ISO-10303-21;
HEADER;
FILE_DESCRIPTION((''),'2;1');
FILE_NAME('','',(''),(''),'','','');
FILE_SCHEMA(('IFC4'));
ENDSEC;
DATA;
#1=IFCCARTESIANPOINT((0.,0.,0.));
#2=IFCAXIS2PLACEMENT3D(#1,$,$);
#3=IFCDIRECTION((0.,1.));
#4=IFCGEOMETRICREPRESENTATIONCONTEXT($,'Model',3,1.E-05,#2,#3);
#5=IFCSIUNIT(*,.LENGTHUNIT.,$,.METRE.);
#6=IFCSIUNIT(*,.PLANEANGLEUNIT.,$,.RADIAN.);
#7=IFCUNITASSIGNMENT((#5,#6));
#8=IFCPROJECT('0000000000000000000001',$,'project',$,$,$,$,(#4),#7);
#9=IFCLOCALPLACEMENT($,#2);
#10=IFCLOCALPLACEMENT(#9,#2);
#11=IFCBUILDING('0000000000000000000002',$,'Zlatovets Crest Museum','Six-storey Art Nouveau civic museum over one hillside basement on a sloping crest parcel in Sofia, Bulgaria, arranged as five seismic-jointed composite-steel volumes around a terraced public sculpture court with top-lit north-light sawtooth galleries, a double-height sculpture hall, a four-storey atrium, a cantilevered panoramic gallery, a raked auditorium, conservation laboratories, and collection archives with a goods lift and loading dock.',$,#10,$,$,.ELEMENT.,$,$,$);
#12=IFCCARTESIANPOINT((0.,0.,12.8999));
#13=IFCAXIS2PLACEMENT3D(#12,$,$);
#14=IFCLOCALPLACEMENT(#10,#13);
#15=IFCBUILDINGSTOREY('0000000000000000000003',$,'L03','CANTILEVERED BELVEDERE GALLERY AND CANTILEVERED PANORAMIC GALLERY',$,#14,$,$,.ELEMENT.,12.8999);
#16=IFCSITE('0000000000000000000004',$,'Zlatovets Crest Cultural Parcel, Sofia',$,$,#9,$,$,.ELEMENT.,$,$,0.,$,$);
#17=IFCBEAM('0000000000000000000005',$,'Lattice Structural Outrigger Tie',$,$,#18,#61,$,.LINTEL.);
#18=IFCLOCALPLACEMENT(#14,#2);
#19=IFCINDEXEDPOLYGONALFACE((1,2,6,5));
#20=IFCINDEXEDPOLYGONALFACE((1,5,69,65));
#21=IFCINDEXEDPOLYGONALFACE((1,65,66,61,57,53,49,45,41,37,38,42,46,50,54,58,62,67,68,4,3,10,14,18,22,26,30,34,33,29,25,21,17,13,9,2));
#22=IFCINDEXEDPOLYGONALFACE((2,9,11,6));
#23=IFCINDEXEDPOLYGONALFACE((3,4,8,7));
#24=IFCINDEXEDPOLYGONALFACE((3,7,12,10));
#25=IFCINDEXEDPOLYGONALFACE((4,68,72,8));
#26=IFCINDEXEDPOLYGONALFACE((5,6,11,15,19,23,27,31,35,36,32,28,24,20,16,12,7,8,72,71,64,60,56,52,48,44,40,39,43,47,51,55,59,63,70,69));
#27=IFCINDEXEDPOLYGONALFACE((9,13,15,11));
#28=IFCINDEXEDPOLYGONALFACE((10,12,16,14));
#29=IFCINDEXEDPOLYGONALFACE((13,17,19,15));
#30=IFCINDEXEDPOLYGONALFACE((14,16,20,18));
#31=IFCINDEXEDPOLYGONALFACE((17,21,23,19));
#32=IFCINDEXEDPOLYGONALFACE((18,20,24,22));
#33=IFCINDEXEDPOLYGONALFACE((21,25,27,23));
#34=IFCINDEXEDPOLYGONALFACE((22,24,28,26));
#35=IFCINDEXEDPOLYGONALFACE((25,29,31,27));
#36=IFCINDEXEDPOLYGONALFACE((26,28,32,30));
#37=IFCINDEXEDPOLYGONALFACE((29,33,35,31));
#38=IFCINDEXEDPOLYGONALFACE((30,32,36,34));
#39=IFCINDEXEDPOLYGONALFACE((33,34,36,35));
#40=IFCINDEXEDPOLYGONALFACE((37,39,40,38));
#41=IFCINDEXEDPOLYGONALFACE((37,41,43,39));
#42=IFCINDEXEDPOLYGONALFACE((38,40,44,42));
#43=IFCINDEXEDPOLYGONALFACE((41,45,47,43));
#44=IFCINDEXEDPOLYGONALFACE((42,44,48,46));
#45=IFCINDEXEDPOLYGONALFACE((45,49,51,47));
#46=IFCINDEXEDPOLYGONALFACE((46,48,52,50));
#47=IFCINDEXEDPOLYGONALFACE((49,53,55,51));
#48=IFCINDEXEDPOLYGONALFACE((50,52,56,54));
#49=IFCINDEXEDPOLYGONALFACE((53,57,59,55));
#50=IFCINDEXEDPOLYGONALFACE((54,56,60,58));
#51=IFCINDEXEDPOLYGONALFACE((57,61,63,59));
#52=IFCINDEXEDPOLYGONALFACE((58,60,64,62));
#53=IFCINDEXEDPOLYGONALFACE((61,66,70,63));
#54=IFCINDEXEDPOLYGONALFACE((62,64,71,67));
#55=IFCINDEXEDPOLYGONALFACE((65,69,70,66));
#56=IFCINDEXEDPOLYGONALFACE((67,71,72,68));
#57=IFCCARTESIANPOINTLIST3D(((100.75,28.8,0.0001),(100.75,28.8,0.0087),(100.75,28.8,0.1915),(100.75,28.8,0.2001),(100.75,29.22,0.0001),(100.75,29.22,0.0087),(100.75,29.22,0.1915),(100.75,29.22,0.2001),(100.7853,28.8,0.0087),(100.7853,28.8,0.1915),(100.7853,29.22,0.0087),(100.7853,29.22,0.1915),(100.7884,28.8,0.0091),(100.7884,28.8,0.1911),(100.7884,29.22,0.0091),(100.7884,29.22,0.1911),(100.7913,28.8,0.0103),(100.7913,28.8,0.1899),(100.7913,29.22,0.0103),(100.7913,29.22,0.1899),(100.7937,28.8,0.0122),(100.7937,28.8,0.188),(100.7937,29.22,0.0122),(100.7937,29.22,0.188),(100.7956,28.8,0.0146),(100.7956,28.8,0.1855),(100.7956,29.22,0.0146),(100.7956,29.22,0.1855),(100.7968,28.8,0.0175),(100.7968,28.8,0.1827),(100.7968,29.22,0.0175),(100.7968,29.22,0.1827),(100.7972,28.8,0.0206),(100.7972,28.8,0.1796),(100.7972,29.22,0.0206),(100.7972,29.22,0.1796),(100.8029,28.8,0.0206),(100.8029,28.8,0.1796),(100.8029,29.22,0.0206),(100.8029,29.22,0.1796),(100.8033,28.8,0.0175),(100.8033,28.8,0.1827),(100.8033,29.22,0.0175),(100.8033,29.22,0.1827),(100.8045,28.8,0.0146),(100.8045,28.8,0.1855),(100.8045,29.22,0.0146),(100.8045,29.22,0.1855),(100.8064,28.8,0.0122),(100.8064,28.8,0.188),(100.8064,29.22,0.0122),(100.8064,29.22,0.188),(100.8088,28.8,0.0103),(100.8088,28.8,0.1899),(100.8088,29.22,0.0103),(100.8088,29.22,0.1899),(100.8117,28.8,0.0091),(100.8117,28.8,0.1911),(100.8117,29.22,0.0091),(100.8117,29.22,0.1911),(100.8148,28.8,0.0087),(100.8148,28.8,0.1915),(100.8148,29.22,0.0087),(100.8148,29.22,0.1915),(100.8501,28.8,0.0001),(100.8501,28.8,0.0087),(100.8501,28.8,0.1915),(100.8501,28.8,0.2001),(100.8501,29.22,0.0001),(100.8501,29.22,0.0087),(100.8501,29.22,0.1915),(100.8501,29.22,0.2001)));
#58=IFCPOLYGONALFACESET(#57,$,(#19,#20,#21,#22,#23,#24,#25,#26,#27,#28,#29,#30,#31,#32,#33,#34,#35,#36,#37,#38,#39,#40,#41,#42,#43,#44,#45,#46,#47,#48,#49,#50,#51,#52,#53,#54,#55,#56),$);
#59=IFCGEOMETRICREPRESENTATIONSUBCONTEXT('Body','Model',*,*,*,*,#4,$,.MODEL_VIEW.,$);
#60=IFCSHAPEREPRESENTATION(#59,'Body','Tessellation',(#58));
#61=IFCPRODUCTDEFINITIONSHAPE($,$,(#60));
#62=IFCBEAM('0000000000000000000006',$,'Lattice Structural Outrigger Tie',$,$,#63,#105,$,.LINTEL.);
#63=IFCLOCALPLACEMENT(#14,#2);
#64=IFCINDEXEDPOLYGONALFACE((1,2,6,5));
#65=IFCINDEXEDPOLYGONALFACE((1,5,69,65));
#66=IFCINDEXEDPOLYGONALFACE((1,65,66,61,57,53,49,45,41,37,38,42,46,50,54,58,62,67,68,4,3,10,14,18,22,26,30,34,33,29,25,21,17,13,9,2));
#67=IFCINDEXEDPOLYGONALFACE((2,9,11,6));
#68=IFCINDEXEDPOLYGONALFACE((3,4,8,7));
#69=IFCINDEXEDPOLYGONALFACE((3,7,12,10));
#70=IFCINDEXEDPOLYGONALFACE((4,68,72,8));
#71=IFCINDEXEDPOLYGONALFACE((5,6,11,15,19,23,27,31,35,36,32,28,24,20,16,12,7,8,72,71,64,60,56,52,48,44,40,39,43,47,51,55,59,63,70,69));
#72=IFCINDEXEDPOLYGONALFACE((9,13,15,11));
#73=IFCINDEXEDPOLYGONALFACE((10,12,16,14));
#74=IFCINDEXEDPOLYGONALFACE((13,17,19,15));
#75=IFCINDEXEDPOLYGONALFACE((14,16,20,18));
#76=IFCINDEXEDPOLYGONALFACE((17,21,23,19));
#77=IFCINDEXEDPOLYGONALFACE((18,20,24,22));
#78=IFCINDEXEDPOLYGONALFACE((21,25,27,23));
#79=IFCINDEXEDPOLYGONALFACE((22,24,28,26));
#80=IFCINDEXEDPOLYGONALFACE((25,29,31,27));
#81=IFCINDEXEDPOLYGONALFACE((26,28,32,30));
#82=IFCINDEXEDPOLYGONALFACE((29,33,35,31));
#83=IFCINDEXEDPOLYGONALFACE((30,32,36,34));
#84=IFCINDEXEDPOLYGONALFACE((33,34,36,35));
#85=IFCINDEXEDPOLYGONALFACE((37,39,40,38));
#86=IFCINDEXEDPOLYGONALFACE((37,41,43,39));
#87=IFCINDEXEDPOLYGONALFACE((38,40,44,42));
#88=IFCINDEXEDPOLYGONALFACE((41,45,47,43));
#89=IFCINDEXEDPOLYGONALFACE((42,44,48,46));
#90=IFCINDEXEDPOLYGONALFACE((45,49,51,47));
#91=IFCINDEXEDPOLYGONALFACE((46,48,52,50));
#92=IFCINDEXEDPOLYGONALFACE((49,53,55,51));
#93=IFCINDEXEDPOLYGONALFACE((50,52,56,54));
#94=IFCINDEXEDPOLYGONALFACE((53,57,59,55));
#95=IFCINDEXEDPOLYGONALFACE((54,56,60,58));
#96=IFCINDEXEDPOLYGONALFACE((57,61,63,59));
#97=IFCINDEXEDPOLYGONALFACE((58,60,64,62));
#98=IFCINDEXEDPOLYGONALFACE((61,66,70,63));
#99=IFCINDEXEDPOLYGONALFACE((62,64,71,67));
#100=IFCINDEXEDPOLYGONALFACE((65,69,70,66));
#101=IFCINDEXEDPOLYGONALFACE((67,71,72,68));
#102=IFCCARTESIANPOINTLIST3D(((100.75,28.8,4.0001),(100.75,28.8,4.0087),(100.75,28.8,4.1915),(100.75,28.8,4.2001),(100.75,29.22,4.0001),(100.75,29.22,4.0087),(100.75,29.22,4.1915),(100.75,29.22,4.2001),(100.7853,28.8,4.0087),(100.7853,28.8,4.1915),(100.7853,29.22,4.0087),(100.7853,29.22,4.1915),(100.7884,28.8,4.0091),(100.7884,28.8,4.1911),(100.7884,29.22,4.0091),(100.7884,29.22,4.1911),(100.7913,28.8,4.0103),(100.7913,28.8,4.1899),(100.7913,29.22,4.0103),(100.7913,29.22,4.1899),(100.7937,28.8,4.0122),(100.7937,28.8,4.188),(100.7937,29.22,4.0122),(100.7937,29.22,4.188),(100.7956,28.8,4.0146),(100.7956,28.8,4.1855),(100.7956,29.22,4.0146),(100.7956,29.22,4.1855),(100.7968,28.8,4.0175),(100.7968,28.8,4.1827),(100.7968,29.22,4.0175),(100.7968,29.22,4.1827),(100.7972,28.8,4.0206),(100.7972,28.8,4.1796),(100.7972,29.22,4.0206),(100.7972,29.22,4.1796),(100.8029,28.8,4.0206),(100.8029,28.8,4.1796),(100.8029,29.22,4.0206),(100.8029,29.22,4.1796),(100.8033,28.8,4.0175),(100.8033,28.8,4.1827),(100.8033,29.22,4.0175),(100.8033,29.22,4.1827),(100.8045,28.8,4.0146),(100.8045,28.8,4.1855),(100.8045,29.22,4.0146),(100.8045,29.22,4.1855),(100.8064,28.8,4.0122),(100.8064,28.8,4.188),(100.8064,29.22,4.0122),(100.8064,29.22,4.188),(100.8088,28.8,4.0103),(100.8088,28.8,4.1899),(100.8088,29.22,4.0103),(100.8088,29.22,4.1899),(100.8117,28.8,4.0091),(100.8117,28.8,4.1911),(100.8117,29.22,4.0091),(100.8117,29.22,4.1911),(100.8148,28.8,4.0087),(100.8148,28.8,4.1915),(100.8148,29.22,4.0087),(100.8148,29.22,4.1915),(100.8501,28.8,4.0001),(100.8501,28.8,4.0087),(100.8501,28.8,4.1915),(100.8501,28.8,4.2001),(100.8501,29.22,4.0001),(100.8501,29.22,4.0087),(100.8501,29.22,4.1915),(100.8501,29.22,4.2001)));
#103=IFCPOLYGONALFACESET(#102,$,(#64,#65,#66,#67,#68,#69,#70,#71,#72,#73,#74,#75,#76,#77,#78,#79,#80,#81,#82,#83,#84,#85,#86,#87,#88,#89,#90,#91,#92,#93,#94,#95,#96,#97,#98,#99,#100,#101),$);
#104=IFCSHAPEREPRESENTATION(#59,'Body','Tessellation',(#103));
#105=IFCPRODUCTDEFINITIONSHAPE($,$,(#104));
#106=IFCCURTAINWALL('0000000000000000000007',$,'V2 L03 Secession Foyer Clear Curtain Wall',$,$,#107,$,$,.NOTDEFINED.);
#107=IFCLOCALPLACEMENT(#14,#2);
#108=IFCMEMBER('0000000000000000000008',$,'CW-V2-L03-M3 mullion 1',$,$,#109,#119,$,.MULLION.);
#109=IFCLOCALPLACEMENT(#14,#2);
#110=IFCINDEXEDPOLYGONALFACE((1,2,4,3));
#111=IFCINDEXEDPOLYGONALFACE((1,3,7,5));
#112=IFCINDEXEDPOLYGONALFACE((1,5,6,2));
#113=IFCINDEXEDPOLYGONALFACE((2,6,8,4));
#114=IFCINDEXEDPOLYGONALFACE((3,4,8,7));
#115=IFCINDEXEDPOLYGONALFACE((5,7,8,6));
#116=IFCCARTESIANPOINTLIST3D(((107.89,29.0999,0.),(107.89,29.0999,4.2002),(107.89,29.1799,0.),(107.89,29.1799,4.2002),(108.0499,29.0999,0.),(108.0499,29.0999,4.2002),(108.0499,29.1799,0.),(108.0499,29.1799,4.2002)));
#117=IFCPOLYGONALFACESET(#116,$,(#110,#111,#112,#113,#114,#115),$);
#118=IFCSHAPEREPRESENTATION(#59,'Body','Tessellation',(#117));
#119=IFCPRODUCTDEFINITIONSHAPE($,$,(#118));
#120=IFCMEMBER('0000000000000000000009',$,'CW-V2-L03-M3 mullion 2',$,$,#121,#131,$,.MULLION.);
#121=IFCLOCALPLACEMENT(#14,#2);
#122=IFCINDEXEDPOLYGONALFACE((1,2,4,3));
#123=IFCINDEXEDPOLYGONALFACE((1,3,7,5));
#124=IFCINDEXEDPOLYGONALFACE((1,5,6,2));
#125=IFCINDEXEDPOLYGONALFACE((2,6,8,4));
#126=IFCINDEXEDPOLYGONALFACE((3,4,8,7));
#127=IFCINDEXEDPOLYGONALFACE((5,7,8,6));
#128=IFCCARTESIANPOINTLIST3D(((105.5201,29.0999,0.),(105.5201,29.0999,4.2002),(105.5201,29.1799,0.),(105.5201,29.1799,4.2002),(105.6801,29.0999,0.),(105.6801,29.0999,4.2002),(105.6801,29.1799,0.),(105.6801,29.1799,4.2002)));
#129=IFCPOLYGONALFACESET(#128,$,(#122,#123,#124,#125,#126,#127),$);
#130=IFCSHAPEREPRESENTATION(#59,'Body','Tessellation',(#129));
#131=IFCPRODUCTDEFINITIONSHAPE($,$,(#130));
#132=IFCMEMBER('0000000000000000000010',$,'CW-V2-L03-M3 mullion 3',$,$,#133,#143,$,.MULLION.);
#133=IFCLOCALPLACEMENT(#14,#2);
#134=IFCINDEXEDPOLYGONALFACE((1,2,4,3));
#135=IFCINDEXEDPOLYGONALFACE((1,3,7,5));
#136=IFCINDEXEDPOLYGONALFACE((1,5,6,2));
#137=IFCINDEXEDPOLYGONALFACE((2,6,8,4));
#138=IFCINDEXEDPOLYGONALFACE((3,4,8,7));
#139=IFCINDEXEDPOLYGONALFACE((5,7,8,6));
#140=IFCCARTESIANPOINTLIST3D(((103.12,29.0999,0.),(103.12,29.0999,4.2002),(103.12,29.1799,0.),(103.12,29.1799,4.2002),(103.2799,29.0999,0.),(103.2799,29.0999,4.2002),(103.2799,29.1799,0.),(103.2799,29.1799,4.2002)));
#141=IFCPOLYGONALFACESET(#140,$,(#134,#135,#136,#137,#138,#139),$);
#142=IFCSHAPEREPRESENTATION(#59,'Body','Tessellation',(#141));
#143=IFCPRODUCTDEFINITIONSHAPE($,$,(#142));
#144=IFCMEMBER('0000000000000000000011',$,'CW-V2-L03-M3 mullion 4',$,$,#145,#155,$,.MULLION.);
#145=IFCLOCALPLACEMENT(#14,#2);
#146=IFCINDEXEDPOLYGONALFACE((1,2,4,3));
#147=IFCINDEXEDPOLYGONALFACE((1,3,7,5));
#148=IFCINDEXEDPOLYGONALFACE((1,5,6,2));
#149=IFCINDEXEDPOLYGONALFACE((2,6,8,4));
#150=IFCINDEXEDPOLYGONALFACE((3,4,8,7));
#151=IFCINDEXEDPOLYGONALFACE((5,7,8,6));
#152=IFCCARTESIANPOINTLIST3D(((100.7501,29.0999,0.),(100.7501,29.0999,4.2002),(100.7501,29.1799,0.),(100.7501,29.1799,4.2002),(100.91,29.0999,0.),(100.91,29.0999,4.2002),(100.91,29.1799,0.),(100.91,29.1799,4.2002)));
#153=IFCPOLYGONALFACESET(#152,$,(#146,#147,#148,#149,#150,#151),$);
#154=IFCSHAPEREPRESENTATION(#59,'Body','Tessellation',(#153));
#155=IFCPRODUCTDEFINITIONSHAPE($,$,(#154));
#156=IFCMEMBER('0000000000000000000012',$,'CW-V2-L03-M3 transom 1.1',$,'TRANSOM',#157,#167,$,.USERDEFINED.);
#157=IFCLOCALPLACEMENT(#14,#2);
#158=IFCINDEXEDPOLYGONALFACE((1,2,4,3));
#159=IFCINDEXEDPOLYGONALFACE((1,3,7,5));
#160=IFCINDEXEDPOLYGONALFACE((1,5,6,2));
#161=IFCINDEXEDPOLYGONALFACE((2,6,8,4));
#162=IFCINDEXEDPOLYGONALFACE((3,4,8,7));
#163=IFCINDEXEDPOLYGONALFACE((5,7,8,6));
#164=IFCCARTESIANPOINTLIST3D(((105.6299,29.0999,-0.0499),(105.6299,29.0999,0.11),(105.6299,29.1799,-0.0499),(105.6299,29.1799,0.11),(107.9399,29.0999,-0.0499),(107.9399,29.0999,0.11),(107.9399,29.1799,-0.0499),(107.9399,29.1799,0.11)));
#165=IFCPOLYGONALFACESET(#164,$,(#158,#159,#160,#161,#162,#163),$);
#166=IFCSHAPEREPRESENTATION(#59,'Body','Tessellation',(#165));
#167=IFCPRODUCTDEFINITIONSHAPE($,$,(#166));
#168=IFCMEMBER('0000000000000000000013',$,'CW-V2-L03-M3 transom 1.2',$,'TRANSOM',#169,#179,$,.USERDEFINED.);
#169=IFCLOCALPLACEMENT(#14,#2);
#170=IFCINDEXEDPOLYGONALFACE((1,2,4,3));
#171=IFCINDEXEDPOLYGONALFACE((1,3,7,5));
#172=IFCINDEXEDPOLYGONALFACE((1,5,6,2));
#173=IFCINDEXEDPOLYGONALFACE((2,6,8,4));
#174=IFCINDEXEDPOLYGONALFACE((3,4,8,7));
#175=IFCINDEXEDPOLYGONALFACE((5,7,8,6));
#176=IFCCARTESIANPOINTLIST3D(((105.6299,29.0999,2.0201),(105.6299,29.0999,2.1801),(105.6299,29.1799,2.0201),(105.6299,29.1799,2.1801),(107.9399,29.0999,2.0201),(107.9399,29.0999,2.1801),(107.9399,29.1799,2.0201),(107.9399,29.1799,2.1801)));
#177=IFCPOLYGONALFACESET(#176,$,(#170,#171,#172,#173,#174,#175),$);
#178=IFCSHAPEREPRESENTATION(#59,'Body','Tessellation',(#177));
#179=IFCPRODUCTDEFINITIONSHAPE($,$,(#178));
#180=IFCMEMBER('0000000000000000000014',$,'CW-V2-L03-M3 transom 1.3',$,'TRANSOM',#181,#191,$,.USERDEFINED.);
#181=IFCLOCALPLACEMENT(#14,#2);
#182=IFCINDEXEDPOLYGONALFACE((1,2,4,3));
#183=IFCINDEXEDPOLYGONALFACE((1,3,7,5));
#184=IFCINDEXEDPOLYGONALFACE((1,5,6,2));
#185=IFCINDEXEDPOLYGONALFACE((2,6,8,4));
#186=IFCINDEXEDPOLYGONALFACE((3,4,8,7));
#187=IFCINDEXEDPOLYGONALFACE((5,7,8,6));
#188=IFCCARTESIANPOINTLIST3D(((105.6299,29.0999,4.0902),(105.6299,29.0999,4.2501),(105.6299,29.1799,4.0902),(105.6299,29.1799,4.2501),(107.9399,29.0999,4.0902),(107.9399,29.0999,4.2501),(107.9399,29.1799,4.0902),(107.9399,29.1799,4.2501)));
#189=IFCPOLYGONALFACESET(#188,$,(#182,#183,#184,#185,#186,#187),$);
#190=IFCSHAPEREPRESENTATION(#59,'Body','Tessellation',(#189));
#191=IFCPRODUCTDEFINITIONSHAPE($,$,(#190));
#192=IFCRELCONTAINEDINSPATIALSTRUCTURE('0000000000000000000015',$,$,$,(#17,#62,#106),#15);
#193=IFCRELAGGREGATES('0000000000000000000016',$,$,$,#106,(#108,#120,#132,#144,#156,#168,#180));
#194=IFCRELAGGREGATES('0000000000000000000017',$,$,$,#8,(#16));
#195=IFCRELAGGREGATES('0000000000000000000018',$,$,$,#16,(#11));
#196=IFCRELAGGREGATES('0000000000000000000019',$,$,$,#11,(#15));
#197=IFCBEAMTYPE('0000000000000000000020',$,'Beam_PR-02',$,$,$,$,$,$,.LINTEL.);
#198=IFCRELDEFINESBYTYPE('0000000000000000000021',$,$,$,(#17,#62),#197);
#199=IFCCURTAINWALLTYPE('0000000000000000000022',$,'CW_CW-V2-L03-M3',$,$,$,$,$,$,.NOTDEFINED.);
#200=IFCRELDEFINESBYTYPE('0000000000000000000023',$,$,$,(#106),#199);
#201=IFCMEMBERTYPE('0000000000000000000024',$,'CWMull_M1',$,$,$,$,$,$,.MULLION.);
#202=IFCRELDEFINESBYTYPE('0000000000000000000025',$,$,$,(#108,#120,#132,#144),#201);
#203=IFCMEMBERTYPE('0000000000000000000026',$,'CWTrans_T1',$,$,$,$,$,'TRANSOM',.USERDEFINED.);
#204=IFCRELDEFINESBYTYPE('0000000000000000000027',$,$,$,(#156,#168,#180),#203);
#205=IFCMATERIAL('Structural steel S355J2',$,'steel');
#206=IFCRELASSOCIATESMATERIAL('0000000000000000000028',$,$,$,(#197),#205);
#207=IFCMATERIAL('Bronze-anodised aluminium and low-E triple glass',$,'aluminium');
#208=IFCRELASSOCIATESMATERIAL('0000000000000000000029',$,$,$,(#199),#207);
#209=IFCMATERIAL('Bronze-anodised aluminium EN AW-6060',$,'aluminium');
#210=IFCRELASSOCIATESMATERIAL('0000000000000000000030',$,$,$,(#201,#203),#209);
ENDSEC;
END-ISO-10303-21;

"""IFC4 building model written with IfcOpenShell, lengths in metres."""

from ifc_helpers import new_model, si_unit, direction, frame, origin, origin_2d, place, context, subcontext, project, spatial, rectangle, i_section, extrude, material, material_profile, profile_set, type_object, element, aggregate, save


model = new_model("IFC4")

# Units and contexts
model_context = context("Model", 3, precision=1e-05, world=origin(), true_north=direction((0.0, 1.0)))
body_context = subcontext(model_context, "Body", "Model", "MODEL_VIEW")
ifc_project = project(units=[si_unit("LENGTHUNIT", "METRE"), si_unit("PLANEANGLEUNIT", "RADIAN")], contexts=[model_context])

# Site, building, storey
site_placement = place(None, origin())
site = spatial("IfcSite", under=ifc_project, at=site_placement, Name="Zlatovets Crest Cultural Parcel, Sofia", CompositionType="ELEMENT", RefElevation=0.0)
building_placement = place(site_placement, origin())
building = spatial("IfcBuilding", under=site, at=building_placement, Name="Zlatovets Crest Museum", Description="Six-storey Art Nouveau civic museum over one hillside basement on a sloping crest parcel in Sofia, Bulgaria, arranged as five seismic-jointed composite-steel volumes around a terraced public sculpture court with top-lit north-light sawtooth galleries, a double-height sculpture hall, a four-storey atrium, a cantilevered panoramic gallery, a raked auditorium, conservation laboratories, and collection archives with a goods lift and loading dock.", CompositionType="ELEMENT")
storey_placement = place(building_placement, frame((0.0, 0.0, 12.8999)))
storey = spatial("IfcBuildingStorey", under=building, at=storey_placement, Name="L03", Description="CANTILEVERED BELVEDERE GALLERY AND CANTILEVERED PANORAMIC GALLERY", CompositionType="ELEMENT", Elevation=12.8999)

# Shared definitions
ifc_material_1 = material(Name="Structural steel S355J2", Category="steel")

# Beams
ifc_material_profile_1 = material_profile(ifc_material_1, i_section(OverallWidth=0.1001, OverallDepth=0.2, WebThickness=0.0056, FlangeThickness=0.0085, FilletRadius=0.012, at=origin_2d()), Name="IPE 200")
ifc_profile_set_1 = profile_set([ifc_material_profile_1], Name="Structural steel S355J2")
beam_type_1 = type_object("IfcBeamType", Name="Beam_PR-02", PredefinedType="LINTEL", material=ifc_profile_set_1)
for number, where, z_axis, x_axis, name in (
    (1, (100.8, 28.8, 0.1001), (0.0, 1.0, 0.0), (-1.0, 0.0, 0.0), "Lattice Structural Outrigger Tie"),
    (2, (100.8, 28.8, 4.1001), (0.0, 1.0, 0.0), (-1.0, 0.0, 0.0), "Lattice Structural Outrigger Tie"),
):
    element("IfcBeam", number, at=place(storey_placement, frame(where, z_axis=z_axis, x_axis=x_axis)), inside=storey, type_object=beam_type_1, Name=name, PredefinedType="LINTEL", context=body_context, shape_type="SweptSolid", body=[
        extrude(i_section(OverallWidth=0.1001, OverallDepth=0.2, WebThickness=0.0056, FlangeThickness=0.0085, FilletRadius=0.012, at=origin_2d()), origin(), (0.0, 0.0, 1.0), 0.4199),
    ])

# Curtain wall, members
ifc_material_2 = material(Name="Bronze-anodised aluminium and low-E triple glass", Category="aluminium")
curtain_wall_type = type_object("IfcCurtainWallType", Name="CW_CW-V2-L03-M3", PredefinedType="NOTDEFINED", material=ifc_material_2)
curtain_wall_placement = place(storey_placement, origin())
curtain_wall = element("IfcCurtainWall", 3, at=curtain_wall_placement, inside=storey, type_object=curtain_wall_type, Name="V2 L03 Secession Foyer Clear Curtain Wall", PredefinedType="NOTDEFINED")
ifc_material_3 = material(Name="Bronze-anodised aluminium EN AW-6060", Category="aluminium")
ifc_material_profile_2 = material_profile(ifc_material_3, rectangle(XDim=0.0801, YDim=0.1599, at=origin_2d()), Name="ALU 80x160")
ifc_profile_set_2 = profile_set([ifc_material_profile_2], Name="Bronze-anodised aluminium EN AW-6060")
member_type_1 = type_object("IfcMemberType", Name="CWMull_M1", PredefinedType="MULLION", material=ifc_profile_set_2)
member_1_placement = place(storey_placement, frame((107.97, 29.1399, 0.0), z_axis=(0.0, 0.0, 1.0), x_axis=(0.0, -1.0, 0.0)))
member_1 = element("IfcMember", 4, at=member_1_placement, type_object=member_type_1, Name="CW-V2-L03-M3 mullion 1", PredefinedType="MULLION", context=body_context, shape_type="SweptSolid", body=[
    extrude(rectangle(XDim=0.0801, YDim=0.1599, at=origin_2d()), origin(), (0.0, 0.0, 1.0), 4.2002),
])
member_2_placement = place(storey_placement, frame((105.6001, 29.1399, 0.0), z_axis=(0.0, 0.0, 1.0), x_axis=(0.0, -1.0, 0.0)))
member_2 = element("IfcMember", 5, at=member_2_placement, type_object=member_type_1, Name="CW-V2-L03-M3 mullion 2", PredefinedType="MULLION", context=body_context, shape_type="SweptSolid", body=[
    extrude(rectangle(XDim=0.0801, YDim=0.1599, at=origin_2d()), origin(), (0.0, 0.0, 1.0), 4.2002),
])
member_3_placement = place(storey_placement, frame((103.2, 29.1399, 0.0), z_axis=(0.0, 0.0, 1.0), x_axis=(0.0, -1.0, 0.0)))
member_3 = element("IfcMember", 6, at=member_3_placement, type_object=member_type_1, Name="CW-V2-L03-M3 mullion 3", PredefinedType="MULLION", context=body_context, shape_type="SweptSolid", body=[
    extrude(rectangle(XDim=0.0801, YDim=0.1599, at=origin_2d()), origin(), (0.0, 0.0, 1.0), 4.2002),
])
member_4_placement = place(storey_placement, frame((100.8301, 29.1399, 0.0), z_axis=(0.0, 0.0, 1.0), x_axis=(0.0, -1.0, 0.0)))
member_4 = element("IfcMember", 7, at=member_4_placement, type_object=member_type_1, Name="CW-V2-L03-M3 mullion 4", PredefinedType="MULLION", context=body_context, shape_type="SweptSolid", body=[
    extrude(rectangle(XDim=0.0801, YDim=0.1599, at=origin_2d()), origin(), (0.0, 0.0, 1.0), 4.2002),
])
ifc_material_profile_3 = material_profile(ifc_material_3, rectangle(XDim=0.0801, YDim=0.1599, at=origin_2d()), Name="ALU 80x160")
ifc_profile_set_3 = profile_set([ifc_material_profile_3], Name="Bronze-anodised aluminium EN AW-6060")
member_type_2 = type_object("IfcMemberType", Name="CWTrans_T1", ElementType="TRANSOM", PredefinedType="USERDEFINED", material=ifc_profile_set_3)
member_5_placement = place(storey_placement, frame((107.9399, 29.1399, 0.03), z_axis=(-1.0, 0.0, 0.0), x_axis=(0.0, -1.0, 0.0)))
member_5 = element("IfcMember", 8, at=member_5_placement, type_object=member_type_2, Name="CW-V2-L03-M3 transom 1.1", ObjectType="TRANSOM", PredefinedType="USERDEFINED", context=body_context, shape_type="SweptSolid", body=[
    extrude(rectangle(XDim=0.0801, YDim=0.1599, at=origin_2d()), origin(), (0.0, 0.0, 1.0), 2.3101),
])
member_6_placement = place(storey_placement, frame((107.9399, 29.1399, 2.1001), z_axis=(-1.0, 0.0, 0.0), x_axis=(0.0, -1.0, 0.0)))
member_6 = element("IfcMember", 9, at=member_6_placement, type_object=member_type_2, Name="CW-V2-L03-M3 transom 1.2", ObjectType="TRANSOM", PredefinedType="USERDEFINED", context=body_context, shape_type="SweptSolid", body=[
    extrude(rectangle(XDim=0.0801, YDim=0.1599, at=origin_2d()), origin(), (0.0, 0.0, 1.0), 2.3101),
])
member_7_placement = place(storey_placement, frame((107.9399, 29.1399, 4.1702), z_axis=(-1.0, 0.0, 0.0), x_axis=(0.0, -1.0, 0.0)))
member_7 = element("IfcMember", 10, at=member_7_placement, type_object=member_type_2, Name="CW-V2-L03-M3 transom 1.3", ObjectType="TRANSOM", PredefinedType="USERDEFINED", context=body_context, shape_type="SweptSolid", body=[
    extrude(rectangle(XDim=0.0801, YDim=0.1599, at=origin_2d()), origin(), (0.0, 0.0, 1.0), 2.3101),
])
aggregate(curtain_wall, [member_1, member_2, member_3, member_4, member_5, member_6, member_7])

save(model, "model.ifc")
